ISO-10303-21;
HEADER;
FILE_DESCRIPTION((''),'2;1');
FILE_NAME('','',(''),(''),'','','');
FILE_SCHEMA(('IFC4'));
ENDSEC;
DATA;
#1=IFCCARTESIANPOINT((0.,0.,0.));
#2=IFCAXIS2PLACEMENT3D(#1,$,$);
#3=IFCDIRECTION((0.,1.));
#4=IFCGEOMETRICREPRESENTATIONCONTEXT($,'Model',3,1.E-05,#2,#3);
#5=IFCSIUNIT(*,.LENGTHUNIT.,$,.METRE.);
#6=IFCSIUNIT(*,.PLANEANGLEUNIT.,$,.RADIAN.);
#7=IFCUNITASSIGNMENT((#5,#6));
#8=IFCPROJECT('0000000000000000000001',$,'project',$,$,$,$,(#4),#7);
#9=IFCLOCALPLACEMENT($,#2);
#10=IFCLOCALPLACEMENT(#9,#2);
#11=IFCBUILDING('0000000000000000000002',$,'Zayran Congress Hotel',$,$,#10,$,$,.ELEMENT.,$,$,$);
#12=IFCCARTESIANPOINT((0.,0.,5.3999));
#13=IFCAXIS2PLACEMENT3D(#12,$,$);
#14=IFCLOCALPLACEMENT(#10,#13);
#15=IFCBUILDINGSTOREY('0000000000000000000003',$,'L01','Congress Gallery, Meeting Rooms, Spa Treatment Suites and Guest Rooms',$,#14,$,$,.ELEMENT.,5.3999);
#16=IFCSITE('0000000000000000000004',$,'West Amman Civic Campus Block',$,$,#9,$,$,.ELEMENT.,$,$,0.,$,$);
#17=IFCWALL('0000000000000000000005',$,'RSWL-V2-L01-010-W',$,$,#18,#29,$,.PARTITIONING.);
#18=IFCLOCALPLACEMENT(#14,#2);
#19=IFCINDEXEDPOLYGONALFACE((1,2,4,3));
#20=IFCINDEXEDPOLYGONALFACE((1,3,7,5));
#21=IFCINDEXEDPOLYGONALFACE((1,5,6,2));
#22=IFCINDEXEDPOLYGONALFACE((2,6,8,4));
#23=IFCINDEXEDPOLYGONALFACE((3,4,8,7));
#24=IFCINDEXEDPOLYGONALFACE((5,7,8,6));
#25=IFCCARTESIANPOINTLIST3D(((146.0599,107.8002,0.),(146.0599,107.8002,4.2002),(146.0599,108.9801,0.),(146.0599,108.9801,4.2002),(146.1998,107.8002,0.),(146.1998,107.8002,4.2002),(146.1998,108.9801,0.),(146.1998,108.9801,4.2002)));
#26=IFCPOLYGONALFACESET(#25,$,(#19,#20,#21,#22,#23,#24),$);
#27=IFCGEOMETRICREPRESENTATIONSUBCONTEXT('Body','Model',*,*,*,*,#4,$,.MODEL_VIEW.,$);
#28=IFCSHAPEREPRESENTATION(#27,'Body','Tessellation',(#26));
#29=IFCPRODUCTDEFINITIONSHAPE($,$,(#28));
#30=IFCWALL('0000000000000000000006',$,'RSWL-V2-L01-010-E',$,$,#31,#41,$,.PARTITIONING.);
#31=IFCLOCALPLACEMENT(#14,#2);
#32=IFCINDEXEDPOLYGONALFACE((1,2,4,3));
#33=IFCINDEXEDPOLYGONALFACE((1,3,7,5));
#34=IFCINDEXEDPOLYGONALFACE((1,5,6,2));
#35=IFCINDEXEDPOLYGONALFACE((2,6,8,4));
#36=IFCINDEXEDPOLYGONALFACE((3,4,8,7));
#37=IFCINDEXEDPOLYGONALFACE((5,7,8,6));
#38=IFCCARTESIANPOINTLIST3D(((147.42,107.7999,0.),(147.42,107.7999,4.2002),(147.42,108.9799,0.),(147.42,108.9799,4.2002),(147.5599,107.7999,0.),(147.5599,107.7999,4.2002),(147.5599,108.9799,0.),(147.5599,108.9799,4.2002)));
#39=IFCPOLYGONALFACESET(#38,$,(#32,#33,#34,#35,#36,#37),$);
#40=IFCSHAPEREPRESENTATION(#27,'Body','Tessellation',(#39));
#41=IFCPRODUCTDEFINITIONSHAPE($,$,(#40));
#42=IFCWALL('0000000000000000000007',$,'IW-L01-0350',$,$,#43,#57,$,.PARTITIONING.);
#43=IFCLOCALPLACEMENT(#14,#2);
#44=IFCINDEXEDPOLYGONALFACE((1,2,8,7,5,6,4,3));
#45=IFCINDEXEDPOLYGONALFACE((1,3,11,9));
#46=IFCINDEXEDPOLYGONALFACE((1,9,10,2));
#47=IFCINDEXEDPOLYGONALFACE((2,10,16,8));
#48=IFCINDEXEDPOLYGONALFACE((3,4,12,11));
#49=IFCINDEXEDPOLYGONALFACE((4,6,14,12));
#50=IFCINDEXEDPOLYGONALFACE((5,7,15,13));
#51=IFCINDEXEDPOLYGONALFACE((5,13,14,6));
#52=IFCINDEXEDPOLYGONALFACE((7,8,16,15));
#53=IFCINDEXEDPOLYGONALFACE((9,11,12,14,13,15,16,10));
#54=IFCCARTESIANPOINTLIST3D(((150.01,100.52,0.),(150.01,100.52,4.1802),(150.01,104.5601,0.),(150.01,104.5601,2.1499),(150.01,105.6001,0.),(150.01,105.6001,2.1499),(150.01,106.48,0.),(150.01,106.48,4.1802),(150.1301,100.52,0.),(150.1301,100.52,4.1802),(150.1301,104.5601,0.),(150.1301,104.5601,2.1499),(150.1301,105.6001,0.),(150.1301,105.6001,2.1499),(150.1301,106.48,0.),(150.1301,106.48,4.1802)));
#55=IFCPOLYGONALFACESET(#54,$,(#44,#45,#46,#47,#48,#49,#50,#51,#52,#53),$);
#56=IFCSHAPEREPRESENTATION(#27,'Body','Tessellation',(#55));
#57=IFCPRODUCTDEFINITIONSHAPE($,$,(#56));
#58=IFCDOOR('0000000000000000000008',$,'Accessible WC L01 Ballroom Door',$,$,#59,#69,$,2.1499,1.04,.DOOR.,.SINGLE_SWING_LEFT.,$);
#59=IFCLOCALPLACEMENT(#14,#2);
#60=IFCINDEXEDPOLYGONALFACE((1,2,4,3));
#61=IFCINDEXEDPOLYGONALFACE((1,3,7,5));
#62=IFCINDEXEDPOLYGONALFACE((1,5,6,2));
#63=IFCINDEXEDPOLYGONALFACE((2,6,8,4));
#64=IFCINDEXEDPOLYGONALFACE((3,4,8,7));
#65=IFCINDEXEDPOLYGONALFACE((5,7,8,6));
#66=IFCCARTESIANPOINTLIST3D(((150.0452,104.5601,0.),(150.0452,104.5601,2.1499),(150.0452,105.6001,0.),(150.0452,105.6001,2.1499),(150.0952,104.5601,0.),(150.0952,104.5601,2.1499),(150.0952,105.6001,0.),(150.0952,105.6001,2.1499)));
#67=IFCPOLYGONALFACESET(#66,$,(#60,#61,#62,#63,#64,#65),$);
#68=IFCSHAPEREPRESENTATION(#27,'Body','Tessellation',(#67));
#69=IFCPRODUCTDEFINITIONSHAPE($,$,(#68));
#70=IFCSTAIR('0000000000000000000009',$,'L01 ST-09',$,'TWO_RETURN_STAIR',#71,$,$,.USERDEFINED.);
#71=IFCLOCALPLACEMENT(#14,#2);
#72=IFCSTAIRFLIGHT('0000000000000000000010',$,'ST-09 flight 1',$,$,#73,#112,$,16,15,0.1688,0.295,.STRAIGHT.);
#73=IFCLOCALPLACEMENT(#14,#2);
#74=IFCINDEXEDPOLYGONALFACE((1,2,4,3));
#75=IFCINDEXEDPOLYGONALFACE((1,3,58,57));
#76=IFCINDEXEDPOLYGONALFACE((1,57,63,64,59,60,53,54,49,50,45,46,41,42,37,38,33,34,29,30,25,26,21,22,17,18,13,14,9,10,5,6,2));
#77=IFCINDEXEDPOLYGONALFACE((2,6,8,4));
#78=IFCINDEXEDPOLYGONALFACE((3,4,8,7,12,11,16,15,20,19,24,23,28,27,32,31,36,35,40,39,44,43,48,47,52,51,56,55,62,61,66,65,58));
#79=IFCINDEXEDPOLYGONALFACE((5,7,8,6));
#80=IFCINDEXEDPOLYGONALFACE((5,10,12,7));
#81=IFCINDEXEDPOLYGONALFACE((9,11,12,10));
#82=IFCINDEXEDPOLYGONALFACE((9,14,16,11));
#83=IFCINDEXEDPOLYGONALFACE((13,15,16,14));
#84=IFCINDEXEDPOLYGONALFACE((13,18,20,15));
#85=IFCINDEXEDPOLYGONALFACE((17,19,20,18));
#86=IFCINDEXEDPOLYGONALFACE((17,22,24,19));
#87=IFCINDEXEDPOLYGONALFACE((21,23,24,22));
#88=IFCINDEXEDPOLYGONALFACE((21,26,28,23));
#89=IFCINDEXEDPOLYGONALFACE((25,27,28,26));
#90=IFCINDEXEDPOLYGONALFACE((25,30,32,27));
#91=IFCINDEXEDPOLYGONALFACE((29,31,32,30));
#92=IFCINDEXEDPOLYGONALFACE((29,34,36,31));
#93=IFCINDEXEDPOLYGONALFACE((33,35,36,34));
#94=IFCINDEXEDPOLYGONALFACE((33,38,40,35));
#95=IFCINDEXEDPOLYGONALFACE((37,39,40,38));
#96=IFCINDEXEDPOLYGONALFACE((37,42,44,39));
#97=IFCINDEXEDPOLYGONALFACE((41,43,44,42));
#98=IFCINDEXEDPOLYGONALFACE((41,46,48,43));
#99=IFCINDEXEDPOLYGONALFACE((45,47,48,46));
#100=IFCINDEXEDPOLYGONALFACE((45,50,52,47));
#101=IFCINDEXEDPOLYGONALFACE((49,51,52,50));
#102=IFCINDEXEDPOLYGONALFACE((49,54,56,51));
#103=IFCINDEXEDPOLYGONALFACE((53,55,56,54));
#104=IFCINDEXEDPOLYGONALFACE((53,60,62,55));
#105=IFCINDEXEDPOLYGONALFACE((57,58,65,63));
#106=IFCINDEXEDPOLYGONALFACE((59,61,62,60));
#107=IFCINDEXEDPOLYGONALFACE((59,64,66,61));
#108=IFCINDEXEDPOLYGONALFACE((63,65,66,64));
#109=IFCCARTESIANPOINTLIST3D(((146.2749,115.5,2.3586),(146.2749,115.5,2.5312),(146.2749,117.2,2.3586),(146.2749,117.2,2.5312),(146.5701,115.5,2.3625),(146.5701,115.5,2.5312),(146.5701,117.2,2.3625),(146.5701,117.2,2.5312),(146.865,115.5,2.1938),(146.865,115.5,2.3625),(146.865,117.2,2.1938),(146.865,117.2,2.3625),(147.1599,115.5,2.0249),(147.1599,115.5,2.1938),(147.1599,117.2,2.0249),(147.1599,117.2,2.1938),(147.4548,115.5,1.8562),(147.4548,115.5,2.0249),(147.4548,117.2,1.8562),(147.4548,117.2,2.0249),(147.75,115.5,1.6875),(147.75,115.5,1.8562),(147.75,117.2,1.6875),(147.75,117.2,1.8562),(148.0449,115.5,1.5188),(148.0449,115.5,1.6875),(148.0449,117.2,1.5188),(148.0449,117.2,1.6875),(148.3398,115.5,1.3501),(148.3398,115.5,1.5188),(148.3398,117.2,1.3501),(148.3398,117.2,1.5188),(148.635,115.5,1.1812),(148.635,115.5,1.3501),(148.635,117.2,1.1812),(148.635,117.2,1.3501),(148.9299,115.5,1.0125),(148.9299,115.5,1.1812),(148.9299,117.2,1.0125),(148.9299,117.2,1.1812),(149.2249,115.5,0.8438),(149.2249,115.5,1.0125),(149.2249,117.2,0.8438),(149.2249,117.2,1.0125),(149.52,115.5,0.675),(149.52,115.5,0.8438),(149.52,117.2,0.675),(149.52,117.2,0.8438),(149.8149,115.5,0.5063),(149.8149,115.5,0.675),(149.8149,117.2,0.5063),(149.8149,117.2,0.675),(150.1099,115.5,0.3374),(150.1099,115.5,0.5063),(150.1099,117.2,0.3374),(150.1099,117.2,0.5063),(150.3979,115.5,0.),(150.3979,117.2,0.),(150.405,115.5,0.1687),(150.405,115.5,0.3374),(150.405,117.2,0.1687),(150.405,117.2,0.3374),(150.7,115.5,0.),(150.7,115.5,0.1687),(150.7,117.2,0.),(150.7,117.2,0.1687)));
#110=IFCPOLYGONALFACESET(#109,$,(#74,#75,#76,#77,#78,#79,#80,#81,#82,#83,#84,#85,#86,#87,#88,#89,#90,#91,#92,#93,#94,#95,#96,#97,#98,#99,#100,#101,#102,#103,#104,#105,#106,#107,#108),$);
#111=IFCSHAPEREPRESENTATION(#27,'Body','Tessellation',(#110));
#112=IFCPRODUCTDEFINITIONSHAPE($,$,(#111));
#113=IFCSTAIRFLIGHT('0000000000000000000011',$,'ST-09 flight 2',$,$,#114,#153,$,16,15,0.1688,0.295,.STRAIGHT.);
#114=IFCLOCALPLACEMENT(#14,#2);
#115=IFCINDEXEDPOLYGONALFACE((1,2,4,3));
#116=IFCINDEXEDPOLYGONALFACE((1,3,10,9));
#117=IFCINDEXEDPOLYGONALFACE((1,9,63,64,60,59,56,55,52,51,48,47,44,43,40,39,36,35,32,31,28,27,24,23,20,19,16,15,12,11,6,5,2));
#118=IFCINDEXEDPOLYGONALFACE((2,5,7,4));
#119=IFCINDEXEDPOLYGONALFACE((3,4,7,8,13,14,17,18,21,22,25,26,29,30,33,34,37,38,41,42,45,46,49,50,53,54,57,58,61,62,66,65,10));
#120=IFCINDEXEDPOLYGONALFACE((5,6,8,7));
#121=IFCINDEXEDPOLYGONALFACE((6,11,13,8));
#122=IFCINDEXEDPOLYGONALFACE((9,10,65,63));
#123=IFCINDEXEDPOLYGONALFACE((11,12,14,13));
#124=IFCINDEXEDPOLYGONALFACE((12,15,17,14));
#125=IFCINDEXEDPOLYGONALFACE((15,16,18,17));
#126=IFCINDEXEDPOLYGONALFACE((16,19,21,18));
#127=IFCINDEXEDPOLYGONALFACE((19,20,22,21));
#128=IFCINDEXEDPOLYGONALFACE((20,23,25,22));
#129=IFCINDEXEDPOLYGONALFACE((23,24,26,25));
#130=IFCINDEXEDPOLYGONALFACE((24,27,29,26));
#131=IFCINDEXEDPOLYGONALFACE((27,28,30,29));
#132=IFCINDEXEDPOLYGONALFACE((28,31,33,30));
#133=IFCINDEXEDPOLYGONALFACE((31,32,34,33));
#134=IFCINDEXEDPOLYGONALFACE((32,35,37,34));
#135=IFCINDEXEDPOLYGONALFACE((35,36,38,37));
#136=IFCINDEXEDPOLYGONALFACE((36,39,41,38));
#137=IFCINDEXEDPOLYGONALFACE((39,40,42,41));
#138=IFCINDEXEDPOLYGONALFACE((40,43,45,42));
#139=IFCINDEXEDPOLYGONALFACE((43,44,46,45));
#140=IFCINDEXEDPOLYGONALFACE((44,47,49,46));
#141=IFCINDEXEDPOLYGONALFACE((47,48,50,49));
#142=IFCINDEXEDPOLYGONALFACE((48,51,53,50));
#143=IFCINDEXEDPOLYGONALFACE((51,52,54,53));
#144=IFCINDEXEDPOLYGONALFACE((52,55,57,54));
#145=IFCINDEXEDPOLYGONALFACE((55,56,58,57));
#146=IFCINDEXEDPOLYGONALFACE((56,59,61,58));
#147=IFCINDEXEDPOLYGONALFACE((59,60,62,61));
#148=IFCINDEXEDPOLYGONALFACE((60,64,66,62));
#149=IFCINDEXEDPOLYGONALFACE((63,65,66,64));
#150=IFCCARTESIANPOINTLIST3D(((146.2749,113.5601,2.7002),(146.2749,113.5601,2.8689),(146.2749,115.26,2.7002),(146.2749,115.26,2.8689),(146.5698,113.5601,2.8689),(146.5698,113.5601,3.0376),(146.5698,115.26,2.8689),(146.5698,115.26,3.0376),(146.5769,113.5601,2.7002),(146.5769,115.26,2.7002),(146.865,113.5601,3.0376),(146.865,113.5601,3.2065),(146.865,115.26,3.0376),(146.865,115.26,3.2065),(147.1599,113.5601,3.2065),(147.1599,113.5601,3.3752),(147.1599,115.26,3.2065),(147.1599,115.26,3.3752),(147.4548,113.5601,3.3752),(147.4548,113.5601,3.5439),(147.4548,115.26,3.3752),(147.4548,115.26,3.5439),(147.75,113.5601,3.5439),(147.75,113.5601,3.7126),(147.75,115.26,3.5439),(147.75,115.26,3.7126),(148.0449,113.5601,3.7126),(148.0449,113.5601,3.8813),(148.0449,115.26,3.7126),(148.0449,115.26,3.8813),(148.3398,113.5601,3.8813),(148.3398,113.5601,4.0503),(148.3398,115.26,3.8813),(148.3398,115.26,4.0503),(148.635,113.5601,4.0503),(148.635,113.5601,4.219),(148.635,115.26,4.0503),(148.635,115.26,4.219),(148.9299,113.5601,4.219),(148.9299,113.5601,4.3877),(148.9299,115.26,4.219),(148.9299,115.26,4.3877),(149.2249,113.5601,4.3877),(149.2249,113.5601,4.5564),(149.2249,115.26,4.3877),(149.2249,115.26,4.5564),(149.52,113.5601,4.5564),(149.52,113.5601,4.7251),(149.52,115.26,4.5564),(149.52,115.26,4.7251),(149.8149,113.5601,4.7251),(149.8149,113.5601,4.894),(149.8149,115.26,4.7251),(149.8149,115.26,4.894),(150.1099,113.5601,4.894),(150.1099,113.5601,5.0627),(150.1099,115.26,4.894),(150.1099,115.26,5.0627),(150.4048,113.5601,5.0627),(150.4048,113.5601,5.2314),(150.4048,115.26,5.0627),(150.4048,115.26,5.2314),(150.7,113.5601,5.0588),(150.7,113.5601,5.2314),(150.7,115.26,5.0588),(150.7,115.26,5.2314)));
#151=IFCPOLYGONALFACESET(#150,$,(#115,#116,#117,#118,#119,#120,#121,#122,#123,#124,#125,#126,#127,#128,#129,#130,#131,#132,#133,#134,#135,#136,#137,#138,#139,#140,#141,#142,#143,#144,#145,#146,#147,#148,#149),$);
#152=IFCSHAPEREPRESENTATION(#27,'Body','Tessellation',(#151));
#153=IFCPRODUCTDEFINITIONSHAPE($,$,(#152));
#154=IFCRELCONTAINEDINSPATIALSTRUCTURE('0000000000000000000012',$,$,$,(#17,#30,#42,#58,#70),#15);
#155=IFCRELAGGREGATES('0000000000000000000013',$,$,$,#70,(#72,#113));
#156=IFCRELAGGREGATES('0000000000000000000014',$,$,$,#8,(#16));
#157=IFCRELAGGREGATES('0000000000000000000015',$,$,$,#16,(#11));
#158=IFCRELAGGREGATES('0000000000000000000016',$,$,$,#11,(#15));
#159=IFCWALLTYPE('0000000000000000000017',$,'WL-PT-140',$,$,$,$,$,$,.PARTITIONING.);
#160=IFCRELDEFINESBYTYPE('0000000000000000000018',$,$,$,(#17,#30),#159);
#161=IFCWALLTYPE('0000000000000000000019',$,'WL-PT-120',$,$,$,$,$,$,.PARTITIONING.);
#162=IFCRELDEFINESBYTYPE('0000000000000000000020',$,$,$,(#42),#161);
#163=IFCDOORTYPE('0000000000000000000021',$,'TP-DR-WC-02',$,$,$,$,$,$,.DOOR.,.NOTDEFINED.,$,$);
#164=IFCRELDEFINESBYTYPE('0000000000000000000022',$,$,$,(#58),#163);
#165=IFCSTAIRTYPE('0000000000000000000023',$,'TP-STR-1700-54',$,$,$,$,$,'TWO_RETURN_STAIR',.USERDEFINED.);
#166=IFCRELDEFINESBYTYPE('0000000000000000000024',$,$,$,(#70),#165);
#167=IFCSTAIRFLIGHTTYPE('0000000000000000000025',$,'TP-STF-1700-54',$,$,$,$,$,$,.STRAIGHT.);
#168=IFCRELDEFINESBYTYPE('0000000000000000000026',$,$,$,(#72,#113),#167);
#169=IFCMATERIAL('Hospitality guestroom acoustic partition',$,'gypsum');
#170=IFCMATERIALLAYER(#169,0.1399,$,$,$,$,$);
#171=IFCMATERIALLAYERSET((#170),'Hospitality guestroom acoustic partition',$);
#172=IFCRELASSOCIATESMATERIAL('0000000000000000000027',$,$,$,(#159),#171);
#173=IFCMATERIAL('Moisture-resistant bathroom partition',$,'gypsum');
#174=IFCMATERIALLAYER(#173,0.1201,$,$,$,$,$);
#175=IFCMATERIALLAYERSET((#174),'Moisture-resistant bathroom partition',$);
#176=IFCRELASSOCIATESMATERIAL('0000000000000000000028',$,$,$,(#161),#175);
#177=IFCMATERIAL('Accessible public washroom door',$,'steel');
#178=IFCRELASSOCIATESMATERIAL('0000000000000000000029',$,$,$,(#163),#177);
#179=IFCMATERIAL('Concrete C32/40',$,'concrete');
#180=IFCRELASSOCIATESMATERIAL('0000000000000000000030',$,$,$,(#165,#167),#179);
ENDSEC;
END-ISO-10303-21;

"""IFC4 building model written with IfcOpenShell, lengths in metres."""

from ifc_helpers import new_model, si_unit, direction, frame, frame_2d, origin, place, context, subcontext, project, spatial, polyline, rectangle, outline, extrude, material, layer, layer_set, type_object, element, fill, aggregate, save


model = new_model("IFC4")

# Units and contexts
model_context = context("Model", 3, precision=1e-05, world=origin(), true_north=direction((0.0, 1.0)))
body_context = subcontext(model_context, "Body", "Model", "MODEL_VIEW")
ifc_project = project(units=[si_unit("LENGTHUNIT", "METRE"), si_unit("PLANEANGLEUNIT", "RADIAN")], contexts=[model_context])

# Site, building, storey
site_placement = place(None, origin())
site = spatial("IfcSite", under=ifc_project, at=site_placement, Name="West Amman Civic Campus Block", CompositionType="ELEMENT", RefElevation=0.0)
building_placement = place(site_placement, origin())
building = spatial("IfcBuilding", under=site, at=building_placement, Name="Zayran Congress Hotel", CompositionType="ELEMENT")
storey_placement = place(building_placement, frame((0.0, 0.0, 5.3999)))
storey = spatial("IfcBuildingStorey", under=building, at=storey_placement, Name="L01", Description="Congress Gallery, Meeting Rooms, Spa Treatment Suites and Guest Rooms", CompositionType="ELEMENT", Elevation=5.3999)

# Walls
ifc_material_1 = material(Name="Hospitality guestroom acoustic partition", Category="gypsum")
ifc_layer_1 = layer(ifc_material_1, 0.1399)
ifc_layer_set_1 = layer_set([ifc_layer_1], Name="Hospitality guestroom acoustic partition")
wall_type_1 = type_object("IfcWallType", Name="WL-PT-140", PredefinedType="PARTITIONING", material=ifc_layer_set_1)
for number, where, z_axis, x_axis, name in (
    (1, (146.1299, 108.98, 0.0), (0.0, 0.0, 1.0), (0.0, -1.0, 0.0), "RSWL-V2-L01-010-W"),
    (2, (147.49, 107.8, 0.0), (0.0, 0.0, 1.0), (0.0, 1.0, 0.0), "RSWL-V2-L01-010-E"),
):
    element("IfcWall", number, at=place(storey_placement, frame(where, z_axis=z_axis, x_axis=x_axis)), inside=storey, type_object=wall_type_1, Name=name, PredefinedType="PARTITIONING", context=body_context, shape_type="SweptSolid", body=[
        extrude(rectangle(XDim=1.1799, YDim=0.1399, at=frame_2d((0.5898, 0.0))), origin(), (0.0, 0.0, 1.0), 4.2002),
    ])

# Wall, opening, door
ifc_material_2 = material(Name="Moisture-resistant bathroom partition", Category="gypsum")
ifc_layer_2 = layer(ifc_material_2, 0.1201)
ifc_layer_set_2 = layer_set([ifc_layer_2], Name="Moisture-resistant bathroom partition")
wall_type_2 = type_object("IfcWallType", Name="WL-PT-120", PredefinedType="PARTITIONING", material=ifc_layer_set_2)
wall_1_placement = place(storey_placement, frame((150.0701, 100.52, 0.0), z_axis=(0.0, 0.0, 1.0), x_axis=(0.0, 1.0, 0.0)))
wall_1 = element("IfcWall", 3, at=wall_1_placement, inside=storey, type_object=wall_type_2, Name="IW-L01-0350", PredefinedType="PARTITIONING", context=body_context, shape_type="SweptSolid", body=[
    extrude(rectangle(XDim=5.96, YDim=0.1201, at=frame_2d((2.98, 0.0))), origin(), (0.0, 0.0, 1.0), 4.1802),
])
opening_1_placement = place(wall_1_placement, frame((4.04, 0.0, 0.0)))
opening_1 = element("IfcOpeningElement", 4, at=opening_1_placement, cuts=wall_1, PredefinedType="OPENING", context=body_context, shape_type="SweptSolid", body=[
    extrude(rectangle(XDim=1.04, YDim=2.1499, at=frame_2d((0.52, 1.075))), frame((0.0, 0.0701, 0.0), z_axis=(0.0, -1.0, 0.0), x_axis=(1.0, 0.0, 0.0)), (0.0, 0.0, 1.0), 0.1401),
])
ifc_material_3 = material(Name="Accessible public washroom door", Category="steel")
door_type_1 = type_object("IfcDoorType", Name="TP-DR-WC-02", OperationType="NOTDEFINED", PredefinedType="DOOR", material=ifc_material_3)
door_1_placement = place(opening_1_placement, origin())
door_1 = element("IfcDoor", 5, at=door_1_placement, inside=storey, type_object=door_type_1, Name="Accessible WC L01 Ballroom Door", OperationType="SINGLE_SWING_LEFT", OverallHeight=2.1499, OverallWidth=1.04, PredefinedType="DOOR", context=body_context, shape_type="SweptSolid", body=[
    extrude(rectangle(XDim=1.04, YDim=2.1499, at=frame_2d((0.52, 1.075))), frame((0.0, 0.0249, 0.0), z_axis=(0.0, -1.0, 0.0), x_axis=(1.0, 0.0, 0.0)), (0.0, 0.0, 1.0), 0.05),
])
fill(opening_1, door_1)

# Stair, stair flights
ifc_material_4 = material(Name="Concrete C32/40", Category="concrete")
stair_type = type_object("IfcStairType", Name="TP-STR-1700-54", ElementType="TWO_RETURN_STAIR", PredefinedType="USERDEFINED", material=ifc_material_4)
stair_placement = place(storey_placement, origin())
stair = element("IfcStair", 6, at=stair_placement, inside=storey, type_object=stair_type, Name="L01 ST-09", ObjectType="TWO_RETURN_STAIR", PredefinedType="USERDEFINED")
stair_flight_type = type_object("IfcStairFlightType", Name="TP-STF-1700-54", PredefinedType="STRAIGHT", material=ifc_material_4)
stair_flight_1_placement = place(storey_placement, frame((150.7, 116.3501, 0.0), z_axis=(0.0, 0.0, 1.0), x_axis=(-1.0, 0.0, 0.0)))
stair_flight_1 = element("IfcStairFlight", 7, at=stair_flight_1_placement, type_object=stair_flight_type, Name="ST-09 flight 1", NumberOfRisers=16, NumberOfTreads=15, PredefinedType="STRAIGHT", RiserHeight=0.1688, TreadLength=0.295, context=body_context, shape_type="SweptSolid", body=[
    extrude(outline(polyline([(0.0, 0.0), (0.0, 0.1687), (0.2949, 0.1687), (0.2949, 0.3374), (0.5901, 0.3374), (0.5901, 0.5063), (0.885, 0.5063), (0.885, 0.675), (1.1799, 0.675), (1.1799, 0.8438), (1.4751, 0.8438), (1.4751, 1.0125), (1.77, 1.0125), (1.77, 1.1812), (2.0649, 1.1812), (2.0649, 1.3501), (2.3601, 1.3501), (2.3601, 1.5188), (2.655, 1.5188), (2.655, 1.6875), (2.95, 1.6875), (2.95, 1.8562), (3.2451, 1.8562), (3.2451, 2.0249), (3.54, 2.0249), (3.54, 2.1938), (3.835, 2.1938), (3.835, 2.3625), (4.1299, 2.3625), (4.1299, 2.5312), (4.425, 2.5312), (4.425, 2.7), (4.425, 2.3586), (0.302, 0.0), (0.0, 0.0)])), frame((0.0, 0.8501, 0.0), z_axis=(0.0, -1.0, 0.0), x_axis=(1.0, 0.0, 0.0)), (0.0, 0.0, 1.0), 1.7),
])
stair_flight_2_placement = place(storey_placement, frame((146.2749, 114.4099, 2.7002), z_axis=(0.0, 0.0, 1.0), x_axis=(1.0, 0.0, 0.0)))
stair_flight_2 = element("IfcStairFlight", 8, at=stair_flight_2_placement, type_object=stair_flight_type, Name="ST-09 flight 2", NumberOfRisers=16, NumberOfTreads=15, PredefinedType="STRAIGHT", RiserHeight=0.1688, TreadLength=0.295, context=body_context, shape_type="SweptSolid", body=[
    extrude(outline(polyline([(0.0, 0.0), (0.0, 0.1687), (0.2949, 0.1687), (0.2949, 0.3374), (0.5901, 0.3374), (0.5901, 0.5063), (0.885, 0.5063), (0.885, 0.675), (1.1799, 0.675), (1.1799, 0.8438), (1.4751, 0.8438), (1.4751, 1.0125), (1.77, 1.0125), (1.77, 1.1812), (2.0649, 1.1812), (2.0649, 1.3501), (2.3601, 1.3501), (2.3601, 1.5188), (2.655, 1.5188), (2.655, 1.6875), (2.95, 1.6875), (2.95, 1.8562), (3.2451, 1.8562), (3.2451, 2.0249), (3.54, 2.0249), (3.54, 2.1938), (3.835, 2.1938), (3.835, 2.3625), (4.1299, 2.3625), (4.1299, 2.5312), (4.425, 2.5312), (4.425, 2.7), (4.425, 2.3586), (0.302, 0.0), (0.0, 0.0)])), frame((0.0, 0.8501, 0.0), z_axis=(0.0, -1.0, 0.0), x_axis=(1.0, 0.0, 0.0)), (0.0, 0.0, 1.0), 1.7),
])
aggregate(stair, [stair_flight_1, stair_flight_2])

save(model, "model.ifc")
